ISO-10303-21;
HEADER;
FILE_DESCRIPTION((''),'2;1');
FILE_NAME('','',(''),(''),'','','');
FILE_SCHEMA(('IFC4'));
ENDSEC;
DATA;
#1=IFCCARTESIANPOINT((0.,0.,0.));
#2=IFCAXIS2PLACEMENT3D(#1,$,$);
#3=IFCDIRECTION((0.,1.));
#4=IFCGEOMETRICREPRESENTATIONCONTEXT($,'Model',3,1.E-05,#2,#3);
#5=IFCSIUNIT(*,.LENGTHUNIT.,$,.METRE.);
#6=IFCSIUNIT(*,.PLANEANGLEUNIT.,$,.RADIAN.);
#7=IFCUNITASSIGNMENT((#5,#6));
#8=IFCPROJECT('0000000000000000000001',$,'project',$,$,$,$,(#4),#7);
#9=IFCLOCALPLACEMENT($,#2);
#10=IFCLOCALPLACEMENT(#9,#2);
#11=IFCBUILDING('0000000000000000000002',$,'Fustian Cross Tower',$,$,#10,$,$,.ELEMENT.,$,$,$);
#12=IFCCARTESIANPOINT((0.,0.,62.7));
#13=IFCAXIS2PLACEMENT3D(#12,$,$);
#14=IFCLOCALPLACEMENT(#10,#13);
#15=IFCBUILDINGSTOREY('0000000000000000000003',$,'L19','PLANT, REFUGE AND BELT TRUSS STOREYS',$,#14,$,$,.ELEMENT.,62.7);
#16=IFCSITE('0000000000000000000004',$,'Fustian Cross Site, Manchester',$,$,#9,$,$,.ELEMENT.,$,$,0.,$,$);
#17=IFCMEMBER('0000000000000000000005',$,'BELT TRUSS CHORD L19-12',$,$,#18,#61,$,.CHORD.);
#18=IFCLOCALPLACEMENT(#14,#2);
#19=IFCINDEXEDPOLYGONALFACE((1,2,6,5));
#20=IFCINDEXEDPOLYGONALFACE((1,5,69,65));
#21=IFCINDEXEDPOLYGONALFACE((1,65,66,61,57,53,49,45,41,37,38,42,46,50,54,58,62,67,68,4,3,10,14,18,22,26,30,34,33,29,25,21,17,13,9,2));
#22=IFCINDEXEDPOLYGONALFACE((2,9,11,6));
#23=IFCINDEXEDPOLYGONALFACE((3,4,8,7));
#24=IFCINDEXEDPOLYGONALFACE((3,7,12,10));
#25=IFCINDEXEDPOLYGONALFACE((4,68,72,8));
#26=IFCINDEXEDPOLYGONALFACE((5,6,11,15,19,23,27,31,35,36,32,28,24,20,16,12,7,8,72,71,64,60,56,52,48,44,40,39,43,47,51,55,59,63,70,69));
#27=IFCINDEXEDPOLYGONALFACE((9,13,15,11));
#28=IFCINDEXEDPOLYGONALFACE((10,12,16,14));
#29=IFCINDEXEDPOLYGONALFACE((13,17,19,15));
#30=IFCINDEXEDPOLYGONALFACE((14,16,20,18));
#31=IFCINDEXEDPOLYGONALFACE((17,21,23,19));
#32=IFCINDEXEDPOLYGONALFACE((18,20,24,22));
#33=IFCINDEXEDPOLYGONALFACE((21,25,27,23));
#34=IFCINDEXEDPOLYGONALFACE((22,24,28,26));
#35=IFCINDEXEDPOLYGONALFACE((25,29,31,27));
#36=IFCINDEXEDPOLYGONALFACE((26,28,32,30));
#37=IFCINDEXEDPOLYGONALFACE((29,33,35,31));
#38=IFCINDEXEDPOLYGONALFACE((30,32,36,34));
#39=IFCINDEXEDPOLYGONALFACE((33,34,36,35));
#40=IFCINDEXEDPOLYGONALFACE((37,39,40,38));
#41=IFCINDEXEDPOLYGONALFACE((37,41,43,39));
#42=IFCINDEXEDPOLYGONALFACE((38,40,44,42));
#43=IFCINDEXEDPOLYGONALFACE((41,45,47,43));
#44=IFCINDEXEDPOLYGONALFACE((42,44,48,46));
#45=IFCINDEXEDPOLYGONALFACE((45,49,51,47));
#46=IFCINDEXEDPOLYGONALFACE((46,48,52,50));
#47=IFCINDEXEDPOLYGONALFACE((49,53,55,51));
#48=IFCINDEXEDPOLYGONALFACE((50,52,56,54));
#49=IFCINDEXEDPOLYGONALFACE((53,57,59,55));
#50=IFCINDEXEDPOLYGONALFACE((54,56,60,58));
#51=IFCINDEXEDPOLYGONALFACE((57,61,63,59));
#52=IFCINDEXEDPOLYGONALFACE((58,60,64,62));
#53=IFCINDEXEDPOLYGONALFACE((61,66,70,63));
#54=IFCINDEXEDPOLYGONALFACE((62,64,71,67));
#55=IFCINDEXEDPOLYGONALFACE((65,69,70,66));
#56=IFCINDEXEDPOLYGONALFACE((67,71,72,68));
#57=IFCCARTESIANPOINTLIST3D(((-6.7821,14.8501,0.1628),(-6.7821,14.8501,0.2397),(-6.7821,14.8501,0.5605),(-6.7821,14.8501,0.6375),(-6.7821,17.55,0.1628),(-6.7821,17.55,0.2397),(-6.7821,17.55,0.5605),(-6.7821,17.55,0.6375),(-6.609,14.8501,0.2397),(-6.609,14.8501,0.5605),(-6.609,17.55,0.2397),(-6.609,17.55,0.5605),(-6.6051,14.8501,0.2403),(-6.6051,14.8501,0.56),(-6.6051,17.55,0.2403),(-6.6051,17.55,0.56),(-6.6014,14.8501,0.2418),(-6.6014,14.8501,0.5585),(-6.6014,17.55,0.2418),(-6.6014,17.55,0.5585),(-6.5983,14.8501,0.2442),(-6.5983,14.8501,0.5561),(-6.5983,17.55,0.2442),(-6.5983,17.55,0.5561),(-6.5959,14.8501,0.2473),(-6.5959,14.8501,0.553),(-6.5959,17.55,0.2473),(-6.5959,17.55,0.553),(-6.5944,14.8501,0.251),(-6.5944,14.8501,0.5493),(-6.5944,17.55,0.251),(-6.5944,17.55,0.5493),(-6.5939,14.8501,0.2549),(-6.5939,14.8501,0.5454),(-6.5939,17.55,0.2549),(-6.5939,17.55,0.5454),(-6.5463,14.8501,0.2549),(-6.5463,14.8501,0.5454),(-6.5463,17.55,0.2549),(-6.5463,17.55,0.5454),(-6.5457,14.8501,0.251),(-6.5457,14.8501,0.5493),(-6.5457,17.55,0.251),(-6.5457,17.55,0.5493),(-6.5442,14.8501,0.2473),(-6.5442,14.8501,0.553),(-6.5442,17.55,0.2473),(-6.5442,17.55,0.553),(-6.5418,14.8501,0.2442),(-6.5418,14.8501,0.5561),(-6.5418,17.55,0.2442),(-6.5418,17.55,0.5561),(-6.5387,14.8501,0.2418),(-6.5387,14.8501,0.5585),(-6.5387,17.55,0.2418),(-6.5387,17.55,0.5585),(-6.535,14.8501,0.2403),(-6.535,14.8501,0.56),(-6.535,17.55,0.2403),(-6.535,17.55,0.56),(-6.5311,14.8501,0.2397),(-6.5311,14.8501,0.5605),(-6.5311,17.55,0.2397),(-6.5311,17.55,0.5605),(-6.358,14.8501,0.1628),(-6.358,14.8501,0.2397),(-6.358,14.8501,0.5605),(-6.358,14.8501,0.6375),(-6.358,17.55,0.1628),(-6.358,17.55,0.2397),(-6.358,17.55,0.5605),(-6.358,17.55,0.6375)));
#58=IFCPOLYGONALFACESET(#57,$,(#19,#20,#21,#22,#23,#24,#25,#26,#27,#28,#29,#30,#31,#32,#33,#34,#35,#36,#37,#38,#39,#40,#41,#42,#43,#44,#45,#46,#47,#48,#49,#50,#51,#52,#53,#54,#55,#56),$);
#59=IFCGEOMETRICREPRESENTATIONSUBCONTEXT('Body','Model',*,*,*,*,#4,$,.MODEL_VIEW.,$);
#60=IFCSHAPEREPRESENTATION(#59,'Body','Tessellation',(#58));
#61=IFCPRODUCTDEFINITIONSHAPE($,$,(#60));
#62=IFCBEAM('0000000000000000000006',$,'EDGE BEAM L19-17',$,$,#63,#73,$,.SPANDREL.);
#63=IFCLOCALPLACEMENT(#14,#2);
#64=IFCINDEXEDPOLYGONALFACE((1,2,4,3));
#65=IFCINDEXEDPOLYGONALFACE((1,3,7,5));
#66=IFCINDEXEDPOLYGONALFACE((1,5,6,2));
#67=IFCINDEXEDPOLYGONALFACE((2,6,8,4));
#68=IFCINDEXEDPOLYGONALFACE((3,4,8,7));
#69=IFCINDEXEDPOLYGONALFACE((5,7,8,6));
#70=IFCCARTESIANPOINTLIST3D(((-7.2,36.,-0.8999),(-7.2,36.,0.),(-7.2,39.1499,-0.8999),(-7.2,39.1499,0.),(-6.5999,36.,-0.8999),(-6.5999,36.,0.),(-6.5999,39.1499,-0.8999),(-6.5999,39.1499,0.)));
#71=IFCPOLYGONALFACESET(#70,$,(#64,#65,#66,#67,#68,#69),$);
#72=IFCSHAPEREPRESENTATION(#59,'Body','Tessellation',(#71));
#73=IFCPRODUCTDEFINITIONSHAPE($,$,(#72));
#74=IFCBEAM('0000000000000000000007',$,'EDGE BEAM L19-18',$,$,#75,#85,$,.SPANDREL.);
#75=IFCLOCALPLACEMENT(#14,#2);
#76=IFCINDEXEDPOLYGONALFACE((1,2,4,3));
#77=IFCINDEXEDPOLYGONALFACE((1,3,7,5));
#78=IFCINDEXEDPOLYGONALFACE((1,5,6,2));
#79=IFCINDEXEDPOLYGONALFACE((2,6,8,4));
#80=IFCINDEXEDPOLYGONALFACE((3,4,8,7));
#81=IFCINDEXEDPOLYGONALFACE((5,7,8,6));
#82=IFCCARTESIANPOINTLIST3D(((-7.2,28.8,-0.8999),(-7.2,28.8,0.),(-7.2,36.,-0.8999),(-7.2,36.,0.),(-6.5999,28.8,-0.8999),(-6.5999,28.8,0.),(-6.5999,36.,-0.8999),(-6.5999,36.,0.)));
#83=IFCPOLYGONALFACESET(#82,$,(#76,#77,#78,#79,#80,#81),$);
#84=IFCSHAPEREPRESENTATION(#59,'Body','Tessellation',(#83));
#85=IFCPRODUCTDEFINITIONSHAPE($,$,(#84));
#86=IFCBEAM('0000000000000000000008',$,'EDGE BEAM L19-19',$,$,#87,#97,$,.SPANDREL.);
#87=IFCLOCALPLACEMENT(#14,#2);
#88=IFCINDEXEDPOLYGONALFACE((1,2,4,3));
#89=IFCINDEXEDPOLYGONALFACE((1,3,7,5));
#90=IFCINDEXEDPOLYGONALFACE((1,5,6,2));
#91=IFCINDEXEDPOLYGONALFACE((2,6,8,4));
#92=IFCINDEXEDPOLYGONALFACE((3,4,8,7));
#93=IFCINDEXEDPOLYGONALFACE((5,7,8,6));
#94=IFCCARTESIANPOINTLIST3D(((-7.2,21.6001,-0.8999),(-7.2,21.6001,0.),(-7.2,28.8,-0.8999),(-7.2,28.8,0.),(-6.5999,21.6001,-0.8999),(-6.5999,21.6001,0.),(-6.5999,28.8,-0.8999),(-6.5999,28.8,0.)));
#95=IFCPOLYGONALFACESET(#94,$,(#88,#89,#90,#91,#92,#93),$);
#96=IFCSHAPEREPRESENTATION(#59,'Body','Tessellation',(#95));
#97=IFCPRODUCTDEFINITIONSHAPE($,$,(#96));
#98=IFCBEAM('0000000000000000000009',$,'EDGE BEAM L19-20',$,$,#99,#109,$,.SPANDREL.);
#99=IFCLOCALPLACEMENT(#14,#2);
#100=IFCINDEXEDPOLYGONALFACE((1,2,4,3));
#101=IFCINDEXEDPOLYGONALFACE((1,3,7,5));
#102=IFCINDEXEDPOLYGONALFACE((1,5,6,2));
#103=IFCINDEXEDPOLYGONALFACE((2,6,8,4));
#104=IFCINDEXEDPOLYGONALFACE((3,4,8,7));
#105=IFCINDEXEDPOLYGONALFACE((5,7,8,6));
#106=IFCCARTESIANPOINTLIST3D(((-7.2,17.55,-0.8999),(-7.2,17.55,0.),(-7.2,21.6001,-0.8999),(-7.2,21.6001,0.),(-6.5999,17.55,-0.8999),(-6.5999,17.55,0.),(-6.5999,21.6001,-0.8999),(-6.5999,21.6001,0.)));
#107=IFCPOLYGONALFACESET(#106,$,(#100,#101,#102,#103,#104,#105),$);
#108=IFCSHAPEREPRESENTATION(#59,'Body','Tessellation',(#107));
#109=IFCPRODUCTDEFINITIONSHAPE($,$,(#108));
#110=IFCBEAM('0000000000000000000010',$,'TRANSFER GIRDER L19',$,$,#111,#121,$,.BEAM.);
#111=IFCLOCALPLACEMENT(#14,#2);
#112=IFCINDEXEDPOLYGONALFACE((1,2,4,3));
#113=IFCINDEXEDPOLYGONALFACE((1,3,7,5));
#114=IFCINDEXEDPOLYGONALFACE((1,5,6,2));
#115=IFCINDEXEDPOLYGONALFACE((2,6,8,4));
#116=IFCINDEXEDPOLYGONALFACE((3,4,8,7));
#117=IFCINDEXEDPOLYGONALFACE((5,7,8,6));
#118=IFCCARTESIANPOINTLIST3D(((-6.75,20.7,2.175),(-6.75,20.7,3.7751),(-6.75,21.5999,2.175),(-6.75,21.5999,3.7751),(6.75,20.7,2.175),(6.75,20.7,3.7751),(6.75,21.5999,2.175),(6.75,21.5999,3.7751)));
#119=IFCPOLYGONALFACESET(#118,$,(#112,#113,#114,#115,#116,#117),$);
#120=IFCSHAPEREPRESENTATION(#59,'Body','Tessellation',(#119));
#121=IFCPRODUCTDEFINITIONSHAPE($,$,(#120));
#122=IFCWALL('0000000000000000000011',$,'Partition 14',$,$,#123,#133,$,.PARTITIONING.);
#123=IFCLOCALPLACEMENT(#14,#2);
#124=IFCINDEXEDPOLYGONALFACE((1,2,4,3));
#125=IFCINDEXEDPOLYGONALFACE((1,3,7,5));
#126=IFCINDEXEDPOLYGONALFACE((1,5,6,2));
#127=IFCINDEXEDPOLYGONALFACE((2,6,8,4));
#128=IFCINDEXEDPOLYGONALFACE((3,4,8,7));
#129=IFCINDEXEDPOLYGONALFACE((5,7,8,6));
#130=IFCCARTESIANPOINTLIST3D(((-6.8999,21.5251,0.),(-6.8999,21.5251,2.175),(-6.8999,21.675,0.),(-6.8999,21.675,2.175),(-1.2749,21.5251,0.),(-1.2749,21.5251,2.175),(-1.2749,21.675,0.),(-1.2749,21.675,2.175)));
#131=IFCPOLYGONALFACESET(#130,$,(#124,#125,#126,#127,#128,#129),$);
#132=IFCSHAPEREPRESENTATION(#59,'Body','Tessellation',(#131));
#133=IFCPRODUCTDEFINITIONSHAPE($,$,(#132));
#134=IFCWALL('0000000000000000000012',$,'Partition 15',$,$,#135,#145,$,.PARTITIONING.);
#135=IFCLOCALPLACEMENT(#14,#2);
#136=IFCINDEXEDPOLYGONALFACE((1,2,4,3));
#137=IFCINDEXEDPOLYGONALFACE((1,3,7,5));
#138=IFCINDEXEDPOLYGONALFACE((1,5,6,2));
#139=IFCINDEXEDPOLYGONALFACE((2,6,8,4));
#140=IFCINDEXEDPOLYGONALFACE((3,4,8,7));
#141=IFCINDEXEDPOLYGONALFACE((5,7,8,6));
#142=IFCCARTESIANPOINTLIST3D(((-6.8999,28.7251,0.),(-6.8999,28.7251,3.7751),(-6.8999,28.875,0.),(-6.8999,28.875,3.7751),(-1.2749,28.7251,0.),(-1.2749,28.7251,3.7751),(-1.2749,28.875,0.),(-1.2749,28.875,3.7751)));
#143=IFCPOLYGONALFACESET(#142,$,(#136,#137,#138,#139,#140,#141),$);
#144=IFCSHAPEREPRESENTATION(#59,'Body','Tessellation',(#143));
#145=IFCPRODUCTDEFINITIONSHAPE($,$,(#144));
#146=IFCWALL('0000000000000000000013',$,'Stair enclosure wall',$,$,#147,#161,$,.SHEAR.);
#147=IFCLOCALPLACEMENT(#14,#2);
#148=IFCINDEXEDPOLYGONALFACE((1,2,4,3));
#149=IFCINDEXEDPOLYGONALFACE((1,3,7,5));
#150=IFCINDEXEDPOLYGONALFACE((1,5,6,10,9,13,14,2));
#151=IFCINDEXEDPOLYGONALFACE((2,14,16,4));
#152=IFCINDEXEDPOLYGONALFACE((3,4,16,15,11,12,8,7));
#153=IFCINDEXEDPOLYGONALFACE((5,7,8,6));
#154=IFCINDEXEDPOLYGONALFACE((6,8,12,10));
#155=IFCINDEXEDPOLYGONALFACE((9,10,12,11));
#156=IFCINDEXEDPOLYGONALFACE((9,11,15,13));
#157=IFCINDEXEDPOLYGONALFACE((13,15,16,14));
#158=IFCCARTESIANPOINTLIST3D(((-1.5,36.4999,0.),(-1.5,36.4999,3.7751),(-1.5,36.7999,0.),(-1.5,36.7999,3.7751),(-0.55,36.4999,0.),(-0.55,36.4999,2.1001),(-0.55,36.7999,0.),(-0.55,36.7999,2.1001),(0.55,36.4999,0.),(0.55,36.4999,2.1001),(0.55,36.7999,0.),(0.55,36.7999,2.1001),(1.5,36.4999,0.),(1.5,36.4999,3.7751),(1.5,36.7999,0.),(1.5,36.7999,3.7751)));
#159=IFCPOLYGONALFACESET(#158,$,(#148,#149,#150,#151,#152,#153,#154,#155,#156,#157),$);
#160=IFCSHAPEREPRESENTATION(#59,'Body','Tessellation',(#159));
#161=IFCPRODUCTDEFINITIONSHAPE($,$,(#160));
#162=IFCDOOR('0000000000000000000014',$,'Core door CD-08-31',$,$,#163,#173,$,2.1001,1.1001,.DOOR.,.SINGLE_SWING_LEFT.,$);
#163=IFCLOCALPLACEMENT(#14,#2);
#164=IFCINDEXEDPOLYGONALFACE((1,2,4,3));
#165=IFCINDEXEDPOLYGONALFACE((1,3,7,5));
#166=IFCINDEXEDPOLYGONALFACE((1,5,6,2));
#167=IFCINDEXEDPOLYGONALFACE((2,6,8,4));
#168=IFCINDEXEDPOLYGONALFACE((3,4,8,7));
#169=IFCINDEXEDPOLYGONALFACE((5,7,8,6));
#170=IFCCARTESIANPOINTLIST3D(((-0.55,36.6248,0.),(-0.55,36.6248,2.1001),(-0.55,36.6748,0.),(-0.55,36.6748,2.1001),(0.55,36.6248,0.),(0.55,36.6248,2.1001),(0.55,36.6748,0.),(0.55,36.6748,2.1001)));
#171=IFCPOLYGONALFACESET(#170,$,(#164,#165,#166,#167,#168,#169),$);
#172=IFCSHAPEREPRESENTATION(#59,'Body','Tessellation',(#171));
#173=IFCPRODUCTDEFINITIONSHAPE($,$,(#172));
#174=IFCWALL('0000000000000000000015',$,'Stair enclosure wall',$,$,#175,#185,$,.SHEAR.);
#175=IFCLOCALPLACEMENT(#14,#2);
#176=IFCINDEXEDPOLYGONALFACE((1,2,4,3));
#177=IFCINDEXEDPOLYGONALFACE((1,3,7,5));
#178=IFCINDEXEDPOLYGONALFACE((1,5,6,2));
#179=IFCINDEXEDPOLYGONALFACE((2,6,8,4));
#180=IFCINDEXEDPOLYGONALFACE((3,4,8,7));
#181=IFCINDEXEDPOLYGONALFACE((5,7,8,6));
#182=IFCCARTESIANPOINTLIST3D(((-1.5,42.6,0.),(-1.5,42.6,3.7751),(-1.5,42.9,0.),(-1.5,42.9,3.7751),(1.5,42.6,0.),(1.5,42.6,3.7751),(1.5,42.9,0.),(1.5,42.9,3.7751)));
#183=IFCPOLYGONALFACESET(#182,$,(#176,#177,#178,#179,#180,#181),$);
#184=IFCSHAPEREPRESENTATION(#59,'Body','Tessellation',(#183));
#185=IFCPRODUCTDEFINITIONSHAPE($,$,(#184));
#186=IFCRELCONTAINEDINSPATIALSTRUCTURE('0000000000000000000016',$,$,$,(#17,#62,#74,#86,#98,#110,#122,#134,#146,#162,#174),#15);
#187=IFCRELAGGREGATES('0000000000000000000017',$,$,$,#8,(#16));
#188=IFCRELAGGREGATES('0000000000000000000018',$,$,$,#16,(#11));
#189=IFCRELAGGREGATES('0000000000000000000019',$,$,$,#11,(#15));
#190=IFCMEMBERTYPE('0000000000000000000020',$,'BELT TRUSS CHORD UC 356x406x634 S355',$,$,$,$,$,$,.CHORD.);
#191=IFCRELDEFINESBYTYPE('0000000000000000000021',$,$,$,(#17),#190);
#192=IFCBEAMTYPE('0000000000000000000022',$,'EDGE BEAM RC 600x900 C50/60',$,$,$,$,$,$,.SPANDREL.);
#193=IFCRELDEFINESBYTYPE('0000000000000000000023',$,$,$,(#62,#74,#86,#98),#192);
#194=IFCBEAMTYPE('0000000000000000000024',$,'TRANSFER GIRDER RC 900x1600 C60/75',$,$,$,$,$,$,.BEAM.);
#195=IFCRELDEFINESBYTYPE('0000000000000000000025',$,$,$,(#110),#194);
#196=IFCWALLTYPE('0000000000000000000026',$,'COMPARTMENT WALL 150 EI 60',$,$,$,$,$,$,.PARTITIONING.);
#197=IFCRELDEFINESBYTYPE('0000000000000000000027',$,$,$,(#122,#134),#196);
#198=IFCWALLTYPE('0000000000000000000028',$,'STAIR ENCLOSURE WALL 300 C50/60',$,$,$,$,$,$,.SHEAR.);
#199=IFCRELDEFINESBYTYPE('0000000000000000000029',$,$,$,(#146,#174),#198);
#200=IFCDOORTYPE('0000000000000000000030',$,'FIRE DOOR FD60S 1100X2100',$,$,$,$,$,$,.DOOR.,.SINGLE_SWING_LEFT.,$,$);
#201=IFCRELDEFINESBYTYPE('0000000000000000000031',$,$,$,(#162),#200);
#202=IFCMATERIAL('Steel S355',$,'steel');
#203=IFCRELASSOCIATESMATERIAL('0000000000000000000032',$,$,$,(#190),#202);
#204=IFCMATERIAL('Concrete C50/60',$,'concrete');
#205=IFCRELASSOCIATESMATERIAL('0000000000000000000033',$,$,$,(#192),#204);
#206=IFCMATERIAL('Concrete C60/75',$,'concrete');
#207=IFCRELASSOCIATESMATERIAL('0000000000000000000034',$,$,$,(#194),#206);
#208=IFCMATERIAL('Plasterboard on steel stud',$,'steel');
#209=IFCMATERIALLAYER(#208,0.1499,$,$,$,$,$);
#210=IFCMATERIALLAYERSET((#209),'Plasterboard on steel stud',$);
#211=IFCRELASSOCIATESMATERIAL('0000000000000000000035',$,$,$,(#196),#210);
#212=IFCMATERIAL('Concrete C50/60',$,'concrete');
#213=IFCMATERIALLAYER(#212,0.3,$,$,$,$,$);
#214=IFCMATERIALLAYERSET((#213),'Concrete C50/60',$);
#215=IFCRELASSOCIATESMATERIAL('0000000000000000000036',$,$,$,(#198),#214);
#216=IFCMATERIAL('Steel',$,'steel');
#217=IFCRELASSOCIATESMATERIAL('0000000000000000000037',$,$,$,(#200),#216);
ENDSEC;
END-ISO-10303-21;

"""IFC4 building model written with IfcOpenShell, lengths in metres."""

from ifc_helpers import new_model, si_unit, direction, frame, frame_2d, origin, origin_2d, place, context, subcontext, project, spatial, rectangle, i_section, extrude, material, layer, layer_set, material_profile, profile_set, type_object, element, fill, save


model = new_model("IFC4")

# Units and contexts
model_context = context("Model", 3, precision=1e-05, world=origin(), true_north=direction((0.0, 1.0)))
body_context = subcontext(model_context, "Body", "Model", "MODEL_VIEW")
ifc_project = project(units=[si_unit("LENGTHUNIT", "METRE"), si_unit("PLANEANGLEUNIT", "RADIAN")], contexts=[model_context])

# Site, building, storey
site_placement = place(None, origin())
site = spatial("IfcSite", under=ifc_project, at=site_placement, Name="Fustian Cross Site, Manchester", CompositionType="ELEMENT", RefElevation=0.0)
building_placement = place(site_placement, origin())
building = spatial("IfcBuilding", under=site, at=building_placement, Name="Fustian Cross Tower", CompositionType="ELEMENT")
storey_placement = place(building_placement, frame((0.0, 0.0, 62.7)))
storey = spatial("IfcBuildingStorey", under=building, at=storey_placement, Name="L19", Description="PLANT, REFUGE AND BELT TRUSS STOREYS", CompositionType="ELEMENT", Elevation=62.7)

# Member
ifc_material_1 = material(Name="Steel S355", Category="steel")
ifc_material_profile_1 = material_profile(ifc_material_1, i_section(OverallWidth=0.4241, OverallDepth=0.4746, WebThickness=0.0476, FlangeThickness=0.0769, FilletRadius=0.0151, at=origin_2d()), Name="UC 356x406x634")
ifc_profile_set_1 = profile_set([ifc_material_profile_1], Name="Steel S355")
member_type_1 = type_object("IfcMemberType", Name="BELT TRUSS CHORD UC 356x406x634 S355", PredefinedType="CHORD", material=ifc_profile_set_1)
for number, where, z_axis, x_axis, name in (
    (1, (-6.5701, 17.55, 0.4001), (0.0, -1.0, 0.0), (1.0, 0.0, 0.0), "BELT TRUSS CHORD L19-12"),
):
    element("IfcMember", number, at=place(storey_placement, frame(where, z_axis=z_axis, x_axis=x_axis)), inside=storey, type_object=member_type_1, Name=name, PredefinedType="CHORD", context=body_context, shape_type="SweptSolid", body=[
        extrude(i_section(OverallWidth=0.4241, OverallDepth=0.4746, WebThickness=0.0476, FlangeThickness=0.0769, FilletRadius=0.0151, at=origin_2d()), origin(), (0.0, 0.0, 1.0), 2.7),
    ])

# Beams
ifc_material_2 = material(Name="Concrete C50/60", Category="concrete")
ifc_material_profile_2 = material_profile(ifc_material_2, rectangle(XDim=0.6001, YDim=0.8999, at=origin_2d()), Name="RC 600x900")
ifc_profile_set_2 = profile_set([ifc_material_profile_2], Name="Concrete C50/60")
beam_type_1 = type_object("IfcBeamType", Name="EDGE BEAM RC 600x900 C50/60", PredefinedType="SPANDREL", material=ifc_profile_set_2)
beam_1_placement = place(storey_placement, frame((-6.8999, 39.1499, -0.45), z_axis=(0.0, -1.0, 0.0), x_axis=(1.0, 0.0, 0.0)))
element("IfcBeam", 2, at=beam_1_placement, inside=storey, type_object=beam_type_1, Name="EDGE BEAM L19-17", PredefinedType="SPANDREL", context=body_context, shape_type="SweptSolid", body=[
    extrude(rectangle(XDim=0.6001, YDim=0.8999, at=origin_2d()), origin(), (0.0, 0.0, 1.0), 3.1499),
])
for number, where, z_axis, x_axis, name in (
    (3, (-6.8999, 36.0, -0.45), (0.0, -1.0, 0.0), (1.0, 0.0, 0.0), "EDGE BEAM L19-18"),
    (4, (-6.8999, 28.8, -0.45), (0.0, -1.0, 0.0), (1.0, 0.0, 0.0), "EDGE BEAM L19-19"),
):
    element("IfcBeam", number, at=place(storey_placement, frame(where, z_axis=z_axis, x_axis=x_axis)), inside=storey, type_object=beam_type_1, Name=name, PredefinedType="SPANDREL", context=body_context, shape_type="SweptSolid", body=[
        extrude(rectangle(XDim=0.6001, YDim=0.8999, at=origin_2d()), origin(), (0.0, 0.0, 1.0), 7.2),
    ])
beam_2_placement = place(storey_placement, frame((-6.8999, 21.6001, -0.45), z_axis=(0.0, -1.0, 0.0), x_axis=(1.0, 0.0, 0.0)))
element("IfcBeam", 5, at=beam_2_placement, inside=storey, type_object=beam_type_1, Name="EDGE BEAM L19-20", PredefinedType="SPANDREL", context=body_context, shape_type="SweptSolid", body=[
    extrude(rectangle(XDim=0.6001, YDim=0.8999, at=origin_2d()), origin(), (0.0, 0.0, 1.0), 4.05),
])
ifc_material_3 = material(Name="Concrete C60/75", Category="concrete")
ifc_material_profile_3 = material_profile(ifc_material_3, rectangle(XDim=0.8999, YDim=1.6001, at=origin_2d()), Name="RC 900x1600")
ifc_profile_set_3 = profile_set([ifc_material_profile_3], Name="Concrete C60/75")
beam_type_2 = type_object("IfcBeamType", Name="TRANSFER GIRDER RC 900x1600 C60/75", PredefinedType="BEAM", material=ifc_profile_set_3)
beam_3_placement = place(storey_placement, frame((-6.75, 21.1499, 2.9751), z_axis=(1.0, 0.0, 0.0), x_axis=(0.0, 1.0, 0.0)))
element("IfcBeam", 6, at=beam_3_placement, inside=storey, type_object=beam_type_2, Name="TRANSFER GIRDER L19", PredefinedType="BEAM", context=body_context, shape_type="SweptSolid", body=[
    extrude(rectangle(XDim=0.8999, YDim=1.6001, at=origin_2d()), origin(), (0.0, 0.0, 1.0), 13.5),
])

# Walls
ifc_material_4 = material(Name="Plasterboard on steel stud", Category="steel")
ifc_layer_1 = layer(ifc_material_4, 0.1499)
ifc_layer_set_1 = layer_set([ifc_layer_1], Name="Plasterboard on steel stud")
wall_type_1 = type_object("IfcWallType", Name="COMPARTMENT WALL 150 EI 60", PredefinedType="PARTITIONING", material=ifc_layer_set_1)
wall_1_placement = place(storey_placement, frame((-6.8999, 21.6001, 0.0), z_axis=(0.0, 0.0, 1.0), x_axis=(1.0, 0.0, 0.0)))
element("IfcWall", 7, at=wall_1_placement, inside=storey, type_object=wall_type_1, Name="Partition 14", PredefinedType="PARTITIONING", context=body_context, shape_type="SweptSolid", body=[
    extrude(rectangle(XDim=5.625, YDim=0.1499, at=frame_2d((2.8125, 0.0))), origin(), (0.0, 0.0, 1.0), 2.175),
])
wall_2_placement = place(storey_placement, frame((-6.8999, 28.8, 0.0), z_axis=(0.0, 0.0, 1.0), x_axis=(1.0, 0.0, 0.0)))
element("IfcWall", 8, at=wall_2_placement, inside=storey, type_object=wall_type_1, Name="Partition 15", PredefinedType="PARTITIONING", context=body_context, shape_type="SweptSolid", body=[
    extrude(rectangle(XDim=5.625, YDim=0.1499, at=frame_2d((2.8125, 0.0))), origin(), (0.0, 0.0, 1.0), 3.7751),
])

# Wall, opening, door
ifc_material_5 = material(Name="Concrete C50/60", Category="concrete")
ifc_layer_2 = layer(ifc_material_5, 0.3)
ifc_layer_set_2 = layer_set([ifc_layer_2], Name="Concrete C50/60")
wall_type_2 = type_object("IfcWallType", Name="STAIR ENCLOSURE WALL 300 C50/60", PredefinedType="SHEAR", material=ifc_layer_set_2)
wall_3_placement = place(storey_placement, frame((-1.5, 36.6499, 0.0), z_axis=(0.0, 0.0, 1.0), x_axis=(1.0, 0.0, 0.0)))
wall_3 = element("IfcWall", 9, at=wall_3_placement, inside=storey, type_object=wall_type_2, Name="Stair enclosure wall", PredefinedType="SHEAR", context=body_context, shape_type="SweptSolid", body=[
    extrude(rectangle(XDim=3.0, YDim=0.3, at=frame_2d((1.5, 0.0))), origin(), (0.0, 0.0, 1.0), 3.7751),
])
opening_placement = place(wall_3_placement, frame((0.95, 0.0, 0.0)))
opening = element("IfcOpeningElement", 10, at=opening_placement, cuts=wall_3, PredefinedType="OPENING", context=body_context, shape_type="SweptSolid", body=[
    extrude(rectangle(XDim=1.1001, YDim=2.1001, at=frame_2d((0.55, 1.05))), frame((0.0, 0.1599, 0.0), z_axis=(0.0, -1.0, 0.0), x_axis=(1.0, 0.0, 0.0)), (0.0, 0.0, 1.0), 0.3201),
])
ifc_material_6 = material(Name="Steel", Category="steel")
door_type = type_object("IfcDoorType", Name="FIRE DOOR FD60S 1100X2100", OperationType="SINGLE_SWING_LEFT", PredefinedType="DOOR", material=ifc_material_6)
door_placement = place(opening_placement, origin())
door = element("IfcDoor", 11, at=door_placement, inside=storey, type_object=door_type, Name="Core door CD-08-31", OperationType="SINGLE_SWING_LEFT", OverallHeight=2.1001, OverallWidth=1.1001, PredefinedType="DOOR", context=body_context, shape_type="SweptSolid", body=[
    extrude(rectangle(XDim=1.1001, YDim=2.1001, at=frame_2d((0.55, 1.05))), frame((0.0, 0.0249, 0.0), z_axis=(0.0, -1.0, 0.0), x_axis=(1.0, 0.0, 0.0)), (0.0, 0.0, 1.0), 0.05),
])
fill(opening, door)

# Wall
wall_4_placement = place(storey_placement, frame((-1.5, 42.75, 0.0), z_axis=(0.0, 0.0, 1.0), x_axis=(1.0, 0.0, 0.0)))
element("IfcWall", 12, at=wall_4_placement, inside=storey, type_object=wall_type_2, Name="Stair enclosure wall", PredefinedType="SHEAR", context=body_context, shape_type="SweptSolid", body=[
    extrude(rectangle(XDim=3.0, YDim=0.3, at=frame_2d((1.5, 0.0))), origin(), (0.0, 0.0, 1.0), 3.7751),
])

save(model, "model.ifc")
